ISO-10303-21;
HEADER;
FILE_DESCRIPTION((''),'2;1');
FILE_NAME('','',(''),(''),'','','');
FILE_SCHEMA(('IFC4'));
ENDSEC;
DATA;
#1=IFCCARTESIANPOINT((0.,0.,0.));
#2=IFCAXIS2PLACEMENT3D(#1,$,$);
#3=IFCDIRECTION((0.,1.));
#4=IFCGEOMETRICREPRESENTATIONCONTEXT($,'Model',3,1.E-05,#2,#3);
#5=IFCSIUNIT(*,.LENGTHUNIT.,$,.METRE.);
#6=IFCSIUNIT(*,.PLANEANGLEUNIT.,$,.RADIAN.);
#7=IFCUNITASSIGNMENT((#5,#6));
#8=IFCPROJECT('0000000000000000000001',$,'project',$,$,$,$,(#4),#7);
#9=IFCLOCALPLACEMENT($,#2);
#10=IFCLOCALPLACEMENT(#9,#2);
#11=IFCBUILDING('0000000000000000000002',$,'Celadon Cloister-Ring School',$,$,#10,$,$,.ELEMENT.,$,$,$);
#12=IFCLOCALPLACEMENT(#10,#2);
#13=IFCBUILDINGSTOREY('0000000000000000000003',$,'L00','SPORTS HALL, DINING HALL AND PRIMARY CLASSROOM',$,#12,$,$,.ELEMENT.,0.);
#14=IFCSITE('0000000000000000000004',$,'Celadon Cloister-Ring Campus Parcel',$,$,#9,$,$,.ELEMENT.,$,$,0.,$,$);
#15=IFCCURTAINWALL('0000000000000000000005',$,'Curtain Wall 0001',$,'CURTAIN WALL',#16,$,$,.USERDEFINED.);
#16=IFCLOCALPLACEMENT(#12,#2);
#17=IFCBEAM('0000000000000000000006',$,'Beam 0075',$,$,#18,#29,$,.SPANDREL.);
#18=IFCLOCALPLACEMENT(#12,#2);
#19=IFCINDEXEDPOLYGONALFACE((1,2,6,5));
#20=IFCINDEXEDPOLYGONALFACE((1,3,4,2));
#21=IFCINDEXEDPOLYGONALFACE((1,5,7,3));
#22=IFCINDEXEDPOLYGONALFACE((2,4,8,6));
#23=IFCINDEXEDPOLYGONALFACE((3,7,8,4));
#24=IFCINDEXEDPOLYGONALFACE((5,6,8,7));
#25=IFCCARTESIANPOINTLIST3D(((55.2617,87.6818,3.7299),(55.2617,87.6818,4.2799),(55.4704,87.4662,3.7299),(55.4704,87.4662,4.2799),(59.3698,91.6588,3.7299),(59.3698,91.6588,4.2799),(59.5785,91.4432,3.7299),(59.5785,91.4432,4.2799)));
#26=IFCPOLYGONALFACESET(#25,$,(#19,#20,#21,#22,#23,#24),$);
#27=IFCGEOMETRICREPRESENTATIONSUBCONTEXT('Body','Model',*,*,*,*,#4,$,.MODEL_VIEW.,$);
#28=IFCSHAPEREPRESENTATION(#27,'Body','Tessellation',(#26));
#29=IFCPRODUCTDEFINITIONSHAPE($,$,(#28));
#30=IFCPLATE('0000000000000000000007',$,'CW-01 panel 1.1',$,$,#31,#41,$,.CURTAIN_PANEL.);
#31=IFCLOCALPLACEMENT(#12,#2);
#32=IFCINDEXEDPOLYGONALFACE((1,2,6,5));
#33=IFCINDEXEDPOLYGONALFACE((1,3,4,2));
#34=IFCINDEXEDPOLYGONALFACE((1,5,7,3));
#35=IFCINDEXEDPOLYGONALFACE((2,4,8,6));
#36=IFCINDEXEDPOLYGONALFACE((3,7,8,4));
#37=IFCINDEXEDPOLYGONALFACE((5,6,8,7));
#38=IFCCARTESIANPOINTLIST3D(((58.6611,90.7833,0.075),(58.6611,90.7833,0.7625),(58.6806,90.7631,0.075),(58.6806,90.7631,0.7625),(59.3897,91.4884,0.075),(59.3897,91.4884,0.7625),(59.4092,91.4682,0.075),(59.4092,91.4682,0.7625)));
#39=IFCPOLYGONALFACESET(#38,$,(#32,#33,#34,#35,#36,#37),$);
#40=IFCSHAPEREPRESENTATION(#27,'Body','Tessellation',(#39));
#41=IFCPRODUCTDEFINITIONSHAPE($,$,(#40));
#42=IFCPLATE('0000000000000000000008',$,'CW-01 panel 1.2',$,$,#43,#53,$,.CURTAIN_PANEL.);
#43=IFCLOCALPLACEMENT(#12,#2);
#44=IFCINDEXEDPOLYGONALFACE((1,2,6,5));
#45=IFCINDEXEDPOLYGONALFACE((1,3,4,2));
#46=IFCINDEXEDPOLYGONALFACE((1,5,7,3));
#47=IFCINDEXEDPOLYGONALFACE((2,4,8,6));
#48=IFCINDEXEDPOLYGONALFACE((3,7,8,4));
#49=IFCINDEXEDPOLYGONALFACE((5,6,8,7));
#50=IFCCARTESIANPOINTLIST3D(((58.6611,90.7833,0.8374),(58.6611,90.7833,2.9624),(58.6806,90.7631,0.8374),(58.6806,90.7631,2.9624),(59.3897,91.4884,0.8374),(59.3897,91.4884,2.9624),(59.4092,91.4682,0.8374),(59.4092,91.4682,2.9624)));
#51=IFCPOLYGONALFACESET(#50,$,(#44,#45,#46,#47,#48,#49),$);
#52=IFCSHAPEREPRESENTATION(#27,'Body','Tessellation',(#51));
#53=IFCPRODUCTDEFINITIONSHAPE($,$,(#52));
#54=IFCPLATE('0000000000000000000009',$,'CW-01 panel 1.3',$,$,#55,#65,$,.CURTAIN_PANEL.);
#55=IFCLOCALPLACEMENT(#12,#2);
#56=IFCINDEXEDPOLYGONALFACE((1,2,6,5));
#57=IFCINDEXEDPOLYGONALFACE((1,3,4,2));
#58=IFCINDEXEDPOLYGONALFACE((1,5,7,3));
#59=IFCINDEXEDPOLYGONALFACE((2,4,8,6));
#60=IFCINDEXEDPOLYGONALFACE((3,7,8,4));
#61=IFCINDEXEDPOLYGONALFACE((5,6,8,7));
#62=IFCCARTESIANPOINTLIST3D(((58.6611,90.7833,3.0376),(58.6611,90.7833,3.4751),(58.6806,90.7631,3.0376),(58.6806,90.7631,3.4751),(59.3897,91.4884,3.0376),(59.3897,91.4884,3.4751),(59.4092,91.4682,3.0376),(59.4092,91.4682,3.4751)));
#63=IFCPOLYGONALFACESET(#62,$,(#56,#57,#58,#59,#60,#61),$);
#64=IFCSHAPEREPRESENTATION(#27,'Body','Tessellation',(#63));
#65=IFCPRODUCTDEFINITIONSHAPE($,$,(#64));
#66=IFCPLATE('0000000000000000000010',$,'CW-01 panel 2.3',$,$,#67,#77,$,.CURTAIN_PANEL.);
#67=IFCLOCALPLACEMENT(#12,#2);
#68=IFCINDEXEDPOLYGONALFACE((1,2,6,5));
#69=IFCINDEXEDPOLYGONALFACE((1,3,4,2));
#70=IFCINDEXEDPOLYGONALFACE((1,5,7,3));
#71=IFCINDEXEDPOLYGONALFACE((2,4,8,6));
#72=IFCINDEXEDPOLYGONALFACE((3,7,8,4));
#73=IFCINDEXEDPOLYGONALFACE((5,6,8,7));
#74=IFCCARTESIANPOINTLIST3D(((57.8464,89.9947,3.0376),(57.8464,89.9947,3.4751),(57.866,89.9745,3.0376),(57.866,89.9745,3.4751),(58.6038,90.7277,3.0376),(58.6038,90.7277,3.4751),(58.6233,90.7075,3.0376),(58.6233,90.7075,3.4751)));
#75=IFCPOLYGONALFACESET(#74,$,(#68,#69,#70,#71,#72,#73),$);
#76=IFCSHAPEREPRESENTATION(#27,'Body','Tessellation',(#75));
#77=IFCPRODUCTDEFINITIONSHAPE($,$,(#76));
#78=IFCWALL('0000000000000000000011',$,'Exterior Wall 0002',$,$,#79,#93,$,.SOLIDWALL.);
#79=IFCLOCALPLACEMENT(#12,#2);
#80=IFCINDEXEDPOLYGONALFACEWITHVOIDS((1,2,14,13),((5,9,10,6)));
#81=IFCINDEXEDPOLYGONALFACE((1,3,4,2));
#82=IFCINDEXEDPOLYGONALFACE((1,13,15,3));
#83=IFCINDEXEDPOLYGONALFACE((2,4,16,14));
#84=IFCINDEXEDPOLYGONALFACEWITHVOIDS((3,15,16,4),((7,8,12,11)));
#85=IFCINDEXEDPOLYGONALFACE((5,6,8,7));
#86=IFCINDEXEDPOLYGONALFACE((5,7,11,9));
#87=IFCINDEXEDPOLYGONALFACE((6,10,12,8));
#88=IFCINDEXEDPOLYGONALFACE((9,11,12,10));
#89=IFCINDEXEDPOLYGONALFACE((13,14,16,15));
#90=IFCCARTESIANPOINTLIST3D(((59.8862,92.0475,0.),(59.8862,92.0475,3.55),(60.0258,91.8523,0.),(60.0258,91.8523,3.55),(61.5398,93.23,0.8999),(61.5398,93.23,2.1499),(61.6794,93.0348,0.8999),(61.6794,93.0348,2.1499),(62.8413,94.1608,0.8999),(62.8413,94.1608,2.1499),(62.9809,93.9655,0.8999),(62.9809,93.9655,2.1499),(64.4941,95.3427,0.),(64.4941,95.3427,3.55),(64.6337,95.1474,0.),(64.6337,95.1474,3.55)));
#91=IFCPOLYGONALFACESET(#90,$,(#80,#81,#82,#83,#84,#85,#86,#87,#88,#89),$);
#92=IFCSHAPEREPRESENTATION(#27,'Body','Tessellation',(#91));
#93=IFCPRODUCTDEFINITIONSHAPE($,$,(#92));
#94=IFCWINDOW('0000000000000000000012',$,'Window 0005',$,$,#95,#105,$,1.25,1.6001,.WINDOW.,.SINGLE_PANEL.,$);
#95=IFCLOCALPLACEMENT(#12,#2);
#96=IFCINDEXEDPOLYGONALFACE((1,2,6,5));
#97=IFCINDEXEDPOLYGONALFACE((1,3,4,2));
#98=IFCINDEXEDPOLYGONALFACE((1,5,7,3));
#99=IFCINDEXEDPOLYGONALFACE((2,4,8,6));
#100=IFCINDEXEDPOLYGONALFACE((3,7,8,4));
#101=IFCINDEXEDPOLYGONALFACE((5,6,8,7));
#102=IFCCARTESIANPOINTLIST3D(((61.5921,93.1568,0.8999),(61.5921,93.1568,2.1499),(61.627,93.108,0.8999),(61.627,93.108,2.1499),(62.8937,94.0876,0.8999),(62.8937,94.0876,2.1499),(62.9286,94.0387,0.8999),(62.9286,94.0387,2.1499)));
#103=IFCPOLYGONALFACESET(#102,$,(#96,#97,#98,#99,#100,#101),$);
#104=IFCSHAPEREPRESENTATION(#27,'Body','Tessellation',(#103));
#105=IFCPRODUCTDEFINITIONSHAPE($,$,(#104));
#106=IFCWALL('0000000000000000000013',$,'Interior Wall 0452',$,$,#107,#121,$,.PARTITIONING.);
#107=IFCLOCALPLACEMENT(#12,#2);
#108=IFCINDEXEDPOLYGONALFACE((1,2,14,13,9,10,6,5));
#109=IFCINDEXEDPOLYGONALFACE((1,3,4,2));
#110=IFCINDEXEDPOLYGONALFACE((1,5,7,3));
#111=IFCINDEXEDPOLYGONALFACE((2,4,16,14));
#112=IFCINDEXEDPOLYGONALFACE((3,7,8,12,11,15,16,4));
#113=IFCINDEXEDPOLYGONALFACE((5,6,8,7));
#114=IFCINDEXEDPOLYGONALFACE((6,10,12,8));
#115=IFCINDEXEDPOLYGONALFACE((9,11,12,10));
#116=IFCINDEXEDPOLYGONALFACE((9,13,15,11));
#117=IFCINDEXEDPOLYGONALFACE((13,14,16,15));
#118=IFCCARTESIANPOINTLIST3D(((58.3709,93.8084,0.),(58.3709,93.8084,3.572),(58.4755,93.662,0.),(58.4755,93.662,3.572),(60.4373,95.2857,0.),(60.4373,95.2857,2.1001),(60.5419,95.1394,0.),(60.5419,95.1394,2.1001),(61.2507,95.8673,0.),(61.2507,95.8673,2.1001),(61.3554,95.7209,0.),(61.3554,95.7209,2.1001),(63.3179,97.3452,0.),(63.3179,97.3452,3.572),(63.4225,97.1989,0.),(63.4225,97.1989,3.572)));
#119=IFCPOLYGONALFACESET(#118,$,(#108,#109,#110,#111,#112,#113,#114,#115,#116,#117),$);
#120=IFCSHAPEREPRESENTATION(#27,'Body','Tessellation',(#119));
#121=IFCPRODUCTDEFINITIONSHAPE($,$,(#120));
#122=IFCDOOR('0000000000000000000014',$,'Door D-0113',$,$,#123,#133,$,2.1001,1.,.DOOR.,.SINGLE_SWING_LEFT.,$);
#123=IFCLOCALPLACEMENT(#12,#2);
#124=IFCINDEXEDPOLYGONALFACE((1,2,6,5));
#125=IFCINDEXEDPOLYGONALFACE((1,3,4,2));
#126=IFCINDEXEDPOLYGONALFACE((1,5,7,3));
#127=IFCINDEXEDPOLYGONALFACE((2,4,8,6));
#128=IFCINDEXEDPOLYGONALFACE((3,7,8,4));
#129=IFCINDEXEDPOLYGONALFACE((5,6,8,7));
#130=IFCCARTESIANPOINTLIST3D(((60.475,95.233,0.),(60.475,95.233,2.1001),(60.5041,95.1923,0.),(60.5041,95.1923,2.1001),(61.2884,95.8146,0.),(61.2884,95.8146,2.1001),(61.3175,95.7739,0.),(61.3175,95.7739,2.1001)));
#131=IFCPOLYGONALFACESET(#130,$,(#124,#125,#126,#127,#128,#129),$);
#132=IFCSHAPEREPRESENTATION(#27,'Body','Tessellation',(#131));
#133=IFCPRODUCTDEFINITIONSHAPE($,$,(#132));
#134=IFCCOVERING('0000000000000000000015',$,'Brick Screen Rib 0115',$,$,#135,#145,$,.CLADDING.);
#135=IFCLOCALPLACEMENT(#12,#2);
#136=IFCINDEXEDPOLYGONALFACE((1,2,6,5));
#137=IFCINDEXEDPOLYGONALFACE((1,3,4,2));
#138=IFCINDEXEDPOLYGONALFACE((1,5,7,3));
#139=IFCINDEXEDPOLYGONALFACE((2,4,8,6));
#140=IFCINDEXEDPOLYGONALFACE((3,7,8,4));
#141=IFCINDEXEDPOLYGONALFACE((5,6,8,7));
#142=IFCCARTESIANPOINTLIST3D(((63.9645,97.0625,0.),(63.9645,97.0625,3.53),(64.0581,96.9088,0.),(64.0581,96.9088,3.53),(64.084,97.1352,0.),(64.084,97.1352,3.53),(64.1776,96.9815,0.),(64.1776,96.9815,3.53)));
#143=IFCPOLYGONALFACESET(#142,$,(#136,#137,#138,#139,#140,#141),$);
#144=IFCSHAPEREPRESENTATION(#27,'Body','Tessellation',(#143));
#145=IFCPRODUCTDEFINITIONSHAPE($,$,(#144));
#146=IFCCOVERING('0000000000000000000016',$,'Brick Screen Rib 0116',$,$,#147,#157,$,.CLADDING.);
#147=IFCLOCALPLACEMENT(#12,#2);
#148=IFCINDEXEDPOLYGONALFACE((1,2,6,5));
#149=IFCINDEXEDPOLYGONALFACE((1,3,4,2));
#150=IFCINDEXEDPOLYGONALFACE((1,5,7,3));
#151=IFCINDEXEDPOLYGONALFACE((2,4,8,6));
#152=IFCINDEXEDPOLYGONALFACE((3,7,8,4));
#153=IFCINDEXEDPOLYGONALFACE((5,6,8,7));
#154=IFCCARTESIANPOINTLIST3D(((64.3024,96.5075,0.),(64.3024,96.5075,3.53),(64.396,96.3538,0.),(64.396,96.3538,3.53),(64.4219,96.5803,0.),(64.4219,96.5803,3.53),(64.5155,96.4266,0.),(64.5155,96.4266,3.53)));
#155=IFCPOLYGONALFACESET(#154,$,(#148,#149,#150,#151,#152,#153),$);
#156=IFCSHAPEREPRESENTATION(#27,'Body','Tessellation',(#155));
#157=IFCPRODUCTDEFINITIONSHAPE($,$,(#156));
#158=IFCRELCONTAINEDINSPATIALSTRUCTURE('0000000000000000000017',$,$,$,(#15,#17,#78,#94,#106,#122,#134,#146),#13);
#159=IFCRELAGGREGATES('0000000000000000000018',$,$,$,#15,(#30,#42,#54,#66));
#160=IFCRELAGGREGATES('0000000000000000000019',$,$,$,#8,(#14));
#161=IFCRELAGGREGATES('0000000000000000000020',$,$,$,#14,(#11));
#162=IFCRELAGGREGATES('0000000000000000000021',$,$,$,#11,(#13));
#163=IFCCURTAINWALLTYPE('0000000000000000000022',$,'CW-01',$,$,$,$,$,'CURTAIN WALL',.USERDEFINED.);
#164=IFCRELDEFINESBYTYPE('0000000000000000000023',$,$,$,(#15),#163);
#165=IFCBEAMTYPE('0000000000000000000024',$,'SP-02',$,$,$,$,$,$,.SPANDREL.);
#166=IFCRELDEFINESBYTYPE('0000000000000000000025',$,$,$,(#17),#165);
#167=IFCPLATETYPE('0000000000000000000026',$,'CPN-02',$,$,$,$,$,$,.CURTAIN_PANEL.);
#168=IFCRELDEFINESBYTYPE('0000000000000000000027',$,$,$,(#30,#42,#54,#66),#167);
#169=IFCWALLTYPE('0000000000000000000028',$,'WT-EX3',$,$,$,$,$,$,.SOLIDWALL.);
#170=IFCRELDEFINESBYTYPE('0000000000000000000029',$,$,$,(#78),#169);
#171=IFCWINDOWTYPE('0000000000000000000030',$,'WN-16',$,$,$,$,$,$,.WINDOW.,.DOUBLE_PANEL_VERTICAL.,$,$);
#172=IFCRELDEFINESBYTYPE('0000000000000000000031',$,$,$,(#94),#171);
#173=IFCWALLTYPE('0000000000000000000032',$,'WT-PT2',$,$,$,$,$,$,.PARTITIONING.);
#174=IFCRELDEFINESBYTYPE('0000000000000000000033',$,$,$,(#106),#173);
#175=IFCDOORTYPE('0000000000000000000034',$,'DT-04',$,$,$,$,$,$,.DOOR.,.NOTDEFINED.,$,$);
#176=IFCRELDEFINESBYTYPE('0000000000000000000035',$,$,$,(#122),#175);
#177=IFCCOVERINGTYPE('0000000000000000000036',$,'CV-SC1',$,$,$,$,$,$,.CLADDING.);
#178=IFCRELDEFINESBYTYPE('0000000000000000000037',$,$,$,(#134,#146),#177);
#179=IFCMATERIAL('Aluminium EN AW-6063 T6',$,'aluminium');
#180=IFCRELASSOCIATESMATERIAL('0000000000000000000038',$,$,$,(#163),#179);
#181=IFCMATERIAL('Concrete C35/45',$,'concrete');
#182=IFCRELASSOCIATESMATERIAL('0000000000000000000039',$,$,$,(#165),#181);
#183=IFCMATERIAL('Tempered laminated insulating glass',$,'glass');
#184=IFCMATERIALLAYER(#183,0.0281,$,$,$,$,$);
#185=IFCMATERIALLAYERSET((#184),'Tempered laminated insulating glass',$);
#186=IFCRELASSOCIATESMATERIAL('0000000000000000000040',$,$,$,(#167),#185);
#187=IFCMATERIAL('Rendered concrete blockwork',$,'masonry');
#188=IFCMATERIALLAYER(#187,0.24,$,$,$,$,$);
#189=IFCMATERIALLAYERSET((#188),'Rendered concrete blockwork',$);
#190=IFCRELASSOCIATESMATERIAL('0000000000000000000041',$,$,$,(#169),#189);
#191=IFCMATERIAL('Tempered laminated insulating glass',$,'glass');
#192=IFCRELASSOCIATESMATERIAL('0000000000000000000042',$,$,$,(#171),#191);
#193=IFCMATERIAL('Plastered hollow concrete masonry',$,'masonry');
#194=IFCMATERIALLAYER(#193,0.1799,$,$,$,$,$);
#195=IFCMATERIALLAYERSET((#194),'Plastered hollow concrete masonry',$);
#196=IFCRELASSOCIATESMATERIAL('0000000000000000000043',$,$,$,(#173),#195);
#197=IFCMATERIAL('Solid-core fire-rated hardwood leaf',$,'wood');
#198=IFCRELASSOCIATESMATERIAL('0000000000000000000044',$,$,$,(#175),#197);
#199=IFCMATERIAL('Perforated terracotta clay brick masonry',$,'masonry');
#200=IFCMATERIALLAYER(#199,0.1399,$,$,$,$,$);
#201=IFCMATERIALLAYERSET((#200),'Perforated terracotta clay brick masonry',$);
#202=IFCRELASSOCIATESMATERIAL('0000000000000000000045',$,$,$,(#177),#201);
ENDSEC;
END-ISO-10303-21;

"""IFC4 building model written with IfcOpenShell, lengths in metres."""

from ifc_helpers import new_model, si_unit, direction, frame, frame_2d, origin, origin_2d, place, context, subcontext, project, spatial, rectangle, extrude, material, layer, layer_set, material_profile, profile_set, type_object, element, fill, aggregate, save


model = new_model("IFC4")

# Units and contexts
model_context = context("Model", 3, precision=1e-05, world=origin(), true_north=direction((0.0, 1.0)))
body_context = subcontext(model_context, "Body", "Model", "MODEL_VIEW")
ifc_project = project(units=[si_unit("LENGTHUNIT", "METRE"), si_unit("PLANEANGLEUNIT", "RADIAN")], contexts=[model_context])

# Site, building, storey
site_placement = place(None, origin())
site = spatial("IfcSite", under=ifc_project, at=site_placement, Name="Celadon Cloister-Ring Campus Parcel", CompositionType="ELEMENT", RefElevation=0.0)
building_placement = place(site_placement, origin())
building = spatial("IfcBuilding", under=site, at=building_placement, Name="Celadon Cloister-Ring School", CompositionType="ELEMENT")
storey_placement = place(building_placement, origin())
storey = spatial("IfcBuildingStorey", under=building, at=storey_placement, Name="L00", Description="SPORTS HALL, DINING HALL AND PRIMARY CLASSROOM", CompositionType="ELEMENT", Elevation=0.0)

# Curtain wall
ifc_material_1 = material(Name="Aluminium EN AW-6063 T6", Category="aluminium")
curtain_wall_type = type_object("IfcCurtainWallType", Name="CW-01", ElementType="CURTAIN WALL", PredefinedType="USERDEFINED", material=ifc_material_1)
curtain_wall_placement = place(storey_placement, origin())
curtain_wall = element("IfcCurtainWall", 1, at=curtain_wall_placement, inside=storey, type_object=curtain_wall_type, Name="Curtain Wall 0001", ObjectType="CURTAIN WALL", PredefinedType="USERDEFINED")

# Beam
ifc_material_2 = material(Name="Concrete C35/45", Category="concrete")
ifc_material_profile_1 = material_profile(ifc_material_2, rectangle(XDim=0.3, YDim=0.55, at=origin_2d()), Name="RC300X550")
ifc_profile_set_1 = profile_set([ifc_material_profile_1], Name="Concrete C35/45")
beam_type_1 = type_object("IfcBeamType", Name="SP-02", PredefinedType="SPANDREL", material=ifc_profile_set_1)
beam_1_placement = place(storey_placement, frame((59.4741, 91.551, 4.0049), z_axis=(-0.718478, -0.695549, 0.0), x_axis=(0.695549, -0.718478, 0.0)))
element("IfcBeam", 2, at=beam_1_placement, inside=storey, type_object=beam_type_1, Name="Beam 0075", PredefinedType="SPANDREL", context=body_context, shape_type="SweptSolid", body=[
    extrude(rectangle(XDim=0.3, YDim=0.55, at=origin_2d()), origin(), (0.0, 0.0, 1.0), 5.7178),
])

# Plates
ifc_material_3 = material(Name="Tempered laminated insulating glass", Category="glass")
ifc_layer_1 = layer(ifc_material_3, 0.0281)
ifc_layer_set_1 = layer_set([ifc_layer_1], Name="Tempered laminated insulating glass")
plate_type = type_object("IfcPlateType", Name="CPN-02", PredefinedType="CURTAIN_PANEL", material=ifc_layer_set_1)
plate_1_placement = place(storey_placement, frame((59.0352, 91.1257, 0.075), z_axis=(0.0, 0.0, 1.0), x_axis=(-0.718565, -0.69546, 0.0)))
plate_1 = element("IfcPlate", 3, at=plate_1_placement, type_object=plate_type, Name="CW-01 panel 1.1", PredefinedType="CURTAIN_PANEL", context=body_context, shape_type="SweptSolid", body=[
    extrude(rectangle(XDim=1.0139, YDim=0.0281, at=origin_2d()), origin(), (0.0, 0.0, 1.0), 0.6875),
])
plate_2_placement = place(storey_placement, frame((59.0352, 91.1257, 0.8374), z_axis=(0.0, 0.0, 1.0), x_axis=(-0.718565, -0.69546, 0.0)))
plate_2 = element("IfcPlate", 4, at=plate_2_placement, type_object=plate_type, Name="CW-01 panel 1.2", PredefinedType="CURTAIN_PANEL", context=body_context, shape_type="SweptSolid", body=[
    extrude(rectangle(XDim=1.0139, YDim=0.0281, at=origin_2d()), origin(), (0.0, 0.0, 1.0), 2.125),
])
plate_3_placement = place(storey_placement, frame((59.0352, 91.1257, 3.0376), z_axis=(0.0, 0.0, 1.0), x_axis=(-0.718565, -0.69546, 0.0)))
plate_3 = element("IfcPlate", 5, at=plate_3_placement, type_object=plate_type, Name="CW-01 panel 1.3", PredefinedType="CURTAIN_PANEL", context=body_context, shape_type="SweptSolid", body=[
    extrude(rectangle(XDim=1.0139, YDim=0.0281, at=origin_2d()), origin(), (0.0, 0.0, 1.0), 0.4375),
])
plate_4_placement = place(storey_placement, frame((58.2349, 90.3511, 3.0376), z_axis=(0.0, 0.0, 1.0), x_axis=(-0.718565, -0.69546, 0.0)))
plate_4 = element("IfcPlate", 6, at=plate_4_placement, type_object=plate_type, Name="CW-01 panel 2.3", PredefinedType="CURTAIN_PANEL", context=body_context, shape_type="SweptSolid", body=[
    extrude(rectangle(XDim=1.054, YDim=0.0281, at=origin_2d()), origin(), (0.0, 0.0, 1.0), 0.4375),
])
aggregate(curtain_wall, [plate_1, plate_2, plate_3, plate_4])

# Wall, opening, window
ifc_material_4 = material(Name="Rendered concrete blockwork", Category="masonry")
ifc_layer_2 = layer(ifc_material_4, 0.24)
ifc_layer_set_2 = layer_set([ifc_layer_2], Name="Rendered concrete blockwork")
wall_type_1 = type_object("IfcWallType", Name="WT-EX3", PredefinedType="SOLIDWALL", material=ifc_layer_set_2)
wall_1_placement = place(storey_placement, frame((64.564, 95.2451, 0.0), z_axis=(0.0, 0.0, 1.0), x_axis=(-0.813416, -0.581682, 0.0)))
wall_1 = element("IfcWall", 7, at=wall_1_placement, inside=storey, type_object=wall_type_1, Name="Exterior Wall 0002", PredefinedType="SOLIDWALL", context=body_context, shape_type="SweptSolid", body=[
    extrude(rectangle(XDim=5.6648, YDim=0.24, at=frame_2d((2.8325, 0.0))), origin(), (0.0, 0.0, 1.0), 3.55),
])
opening_1_placement = place(wall_1_placement, frame((2.032, 0.0, 0.8999)))
opening_1 = element("IfcOpeningElement", 8, at=opening_1_placement, cuts=wall_1, PredefinedType="OPENING", context=body_context, shape_type="SweptSolid", body=[
    extrude(rectangle(XDim=1.6001, YDim=1.25, at=frame_2d((0.8, 0.625))), frame((0.0, 0.1299, 0.0), z_axis=(0.0, -1.0, 0.0), x_axis=(1.0, 0.0, 0.0)), (0.0, 0.0, 1.0), 0.26),
])
ifc_material_5 = material(Name="Tempered laminated insulating glass", Category="glass")
window_type = type_object("IfcWindowType", Name="WN-16", PartitioningType="DOUBLE_PANEL_VERTICAL", PredefinedType="WINDOW", material=ifc_material_5)
window_placement = place(opening_1_placement, origin())
window = element("IfcWindow", 9, at=window_placement, inside=storey, type_object=window_type, Name="Window 0005", OverallHeight=1.25, OverallWidth=1.6001, PartitioningType="SINGLE_PANEL", PredefinedType="WINDOW", context=body_context, shape_type="SweptSolid", body=[
    extrude(rectangle(XDim=1.6001, YDim=1.25, at=frame_2d((0.8, 0.625))), frame((0.0, 0.03, 0.0), z_axis=(0.0, -1.0, 0.0), x_axis=(1.0, 0.0, 0.0)), (0.0, 0.0, 1.0), 0.0601),
])
fill(opening_1, window)

# Wall, opening, door
ifc_material_6 = material(Name="Plastered hollow concrete masonry", Category="masonry")
ifc_layer_3 = layer(ifc_material_6, 0.1799)
ifc_layer_set_3 = layer_set([ifc_layer_3], Name="Plastered hollow concrete masonry")
wall_type_2 = type_object("IfcWallType", Name="WT-PT2", PredefinedType="PARTITIONING", material=ifc_layer_set_3)
wall_2_placement = place(storey_placement, frame((63.3701, 97.272, 0.0), z_axis=(0.0, 0.0, 1.0), x_axis=(-0.813478, -0.581595, 0.0)))
wall_2 = element("IfcWall", 10, at=wall_2_placement, inside=storey, type_object=wall_type_2, Name="Interior Wall 0452", PredefinedType="PARTITIONING", context=body_context, shape_type="SweptSolid", body=[
    extrude(rectangle(XDim=6.0813, YDim=0.1799, at=frame_2d((3.0405, 0.0))), origin(), (0.0, 0.0, 1.0), 3.572),
])
opening_2_placement = place(wall_2_placement, frame((2.541, 0.0, 0.0)))
opening_2 = element("IfcOpeningElement", 11, at=opening_2_placement, cuts=wall_2, PredefinedType="OPENING", context=body_context, shape_type="SweptSolid", body=[
    extrude(rectangle(XDim=1.0, YDim=2.1001, at=frame_2d((0.5, 1.05))), frame((0.0, 0.1001, 0.0), z_axis=(0.0, -1.0, 0.0), x_axis=(1.0, 0.0, 0.0)), (0.0, 0.0, 1.0), 0.2),
])
ifc_material_7 = material(Name="Solid-core fire-rated hardwood leaf", Category="wood")
door_type = type_object("IfcDoorType", Name="DT-04", OperationType="NOTDEFINED", PredefinedType="DOOR", material=ifc_material_7)
door_placement = place(opening_2_placement, origin())
door = element("IfcDoor", 12, at=door_placement, inside=storey, type_object=door_type, Name="Door D-0113", OperationType="SINGLE_SWING_LEFT", OverallHeight=2.1001, OverallWidth=1.0, PredefinedType="DOOR", context=body_context, shape_type="SweptSolid", body=[
    extrude(rectangle(XDim=1.0, YDim=2.1001, at=frame_2d((0.5, 1.05))), frame((0.0, 0.0249, 0.0), z_axis=(0.0, -1.0, 0.0), x_axis=(1.0, 0.0, 0.0)), (0.0, 0.0, 1.0), 0.05),
])
fill(opening_2, door)

# Coverings
ifc_material_8 = material(Name="Perforated terracotta clay brick masonry", Category="masonry")
ifc_layer_4 = layer(ifc_material_8, 0.1399)
ifc_layer_set_4 = layer_set([ifc_layer_4], Name="Perforated terracotta clay brick masonry")
covering_type = type_object("IfcCoveringType", Name="CV-SC1", PredefinedType="CLADDING", material=ifc_layer_set_4)
for number, where, z_axis, x_axis, name in (
    (13, (64.071, 97.022, 0.0), (0.0, 0.0, 1.0), (0.519862, -0.85425, 0.0), "Brick Screen Rib 0115"),
    (14, (64.4089, 96.467, 0.0), (0.0, 0.0, 1.0), (0.519862, -0.85425, 0.0), "Brick Screen Rib 0116"),
):
    element("IfcCovering", number, at=place(storey_placement, frame(where, z_axis=z_axis, x_axis=x_axis)), inside=storey, type_object=covering_type, Name=name, PredefinedType="CLADDING", context=body_context, shape_type="SweptSolid", body=[
        extrude(rectangle(XDim=0.1799, YDim=0.1399, at=origin_2d()), origin(), (0.0, 0.0, 1.0), 3.53),
    ])

save(model, "model.ifc")
